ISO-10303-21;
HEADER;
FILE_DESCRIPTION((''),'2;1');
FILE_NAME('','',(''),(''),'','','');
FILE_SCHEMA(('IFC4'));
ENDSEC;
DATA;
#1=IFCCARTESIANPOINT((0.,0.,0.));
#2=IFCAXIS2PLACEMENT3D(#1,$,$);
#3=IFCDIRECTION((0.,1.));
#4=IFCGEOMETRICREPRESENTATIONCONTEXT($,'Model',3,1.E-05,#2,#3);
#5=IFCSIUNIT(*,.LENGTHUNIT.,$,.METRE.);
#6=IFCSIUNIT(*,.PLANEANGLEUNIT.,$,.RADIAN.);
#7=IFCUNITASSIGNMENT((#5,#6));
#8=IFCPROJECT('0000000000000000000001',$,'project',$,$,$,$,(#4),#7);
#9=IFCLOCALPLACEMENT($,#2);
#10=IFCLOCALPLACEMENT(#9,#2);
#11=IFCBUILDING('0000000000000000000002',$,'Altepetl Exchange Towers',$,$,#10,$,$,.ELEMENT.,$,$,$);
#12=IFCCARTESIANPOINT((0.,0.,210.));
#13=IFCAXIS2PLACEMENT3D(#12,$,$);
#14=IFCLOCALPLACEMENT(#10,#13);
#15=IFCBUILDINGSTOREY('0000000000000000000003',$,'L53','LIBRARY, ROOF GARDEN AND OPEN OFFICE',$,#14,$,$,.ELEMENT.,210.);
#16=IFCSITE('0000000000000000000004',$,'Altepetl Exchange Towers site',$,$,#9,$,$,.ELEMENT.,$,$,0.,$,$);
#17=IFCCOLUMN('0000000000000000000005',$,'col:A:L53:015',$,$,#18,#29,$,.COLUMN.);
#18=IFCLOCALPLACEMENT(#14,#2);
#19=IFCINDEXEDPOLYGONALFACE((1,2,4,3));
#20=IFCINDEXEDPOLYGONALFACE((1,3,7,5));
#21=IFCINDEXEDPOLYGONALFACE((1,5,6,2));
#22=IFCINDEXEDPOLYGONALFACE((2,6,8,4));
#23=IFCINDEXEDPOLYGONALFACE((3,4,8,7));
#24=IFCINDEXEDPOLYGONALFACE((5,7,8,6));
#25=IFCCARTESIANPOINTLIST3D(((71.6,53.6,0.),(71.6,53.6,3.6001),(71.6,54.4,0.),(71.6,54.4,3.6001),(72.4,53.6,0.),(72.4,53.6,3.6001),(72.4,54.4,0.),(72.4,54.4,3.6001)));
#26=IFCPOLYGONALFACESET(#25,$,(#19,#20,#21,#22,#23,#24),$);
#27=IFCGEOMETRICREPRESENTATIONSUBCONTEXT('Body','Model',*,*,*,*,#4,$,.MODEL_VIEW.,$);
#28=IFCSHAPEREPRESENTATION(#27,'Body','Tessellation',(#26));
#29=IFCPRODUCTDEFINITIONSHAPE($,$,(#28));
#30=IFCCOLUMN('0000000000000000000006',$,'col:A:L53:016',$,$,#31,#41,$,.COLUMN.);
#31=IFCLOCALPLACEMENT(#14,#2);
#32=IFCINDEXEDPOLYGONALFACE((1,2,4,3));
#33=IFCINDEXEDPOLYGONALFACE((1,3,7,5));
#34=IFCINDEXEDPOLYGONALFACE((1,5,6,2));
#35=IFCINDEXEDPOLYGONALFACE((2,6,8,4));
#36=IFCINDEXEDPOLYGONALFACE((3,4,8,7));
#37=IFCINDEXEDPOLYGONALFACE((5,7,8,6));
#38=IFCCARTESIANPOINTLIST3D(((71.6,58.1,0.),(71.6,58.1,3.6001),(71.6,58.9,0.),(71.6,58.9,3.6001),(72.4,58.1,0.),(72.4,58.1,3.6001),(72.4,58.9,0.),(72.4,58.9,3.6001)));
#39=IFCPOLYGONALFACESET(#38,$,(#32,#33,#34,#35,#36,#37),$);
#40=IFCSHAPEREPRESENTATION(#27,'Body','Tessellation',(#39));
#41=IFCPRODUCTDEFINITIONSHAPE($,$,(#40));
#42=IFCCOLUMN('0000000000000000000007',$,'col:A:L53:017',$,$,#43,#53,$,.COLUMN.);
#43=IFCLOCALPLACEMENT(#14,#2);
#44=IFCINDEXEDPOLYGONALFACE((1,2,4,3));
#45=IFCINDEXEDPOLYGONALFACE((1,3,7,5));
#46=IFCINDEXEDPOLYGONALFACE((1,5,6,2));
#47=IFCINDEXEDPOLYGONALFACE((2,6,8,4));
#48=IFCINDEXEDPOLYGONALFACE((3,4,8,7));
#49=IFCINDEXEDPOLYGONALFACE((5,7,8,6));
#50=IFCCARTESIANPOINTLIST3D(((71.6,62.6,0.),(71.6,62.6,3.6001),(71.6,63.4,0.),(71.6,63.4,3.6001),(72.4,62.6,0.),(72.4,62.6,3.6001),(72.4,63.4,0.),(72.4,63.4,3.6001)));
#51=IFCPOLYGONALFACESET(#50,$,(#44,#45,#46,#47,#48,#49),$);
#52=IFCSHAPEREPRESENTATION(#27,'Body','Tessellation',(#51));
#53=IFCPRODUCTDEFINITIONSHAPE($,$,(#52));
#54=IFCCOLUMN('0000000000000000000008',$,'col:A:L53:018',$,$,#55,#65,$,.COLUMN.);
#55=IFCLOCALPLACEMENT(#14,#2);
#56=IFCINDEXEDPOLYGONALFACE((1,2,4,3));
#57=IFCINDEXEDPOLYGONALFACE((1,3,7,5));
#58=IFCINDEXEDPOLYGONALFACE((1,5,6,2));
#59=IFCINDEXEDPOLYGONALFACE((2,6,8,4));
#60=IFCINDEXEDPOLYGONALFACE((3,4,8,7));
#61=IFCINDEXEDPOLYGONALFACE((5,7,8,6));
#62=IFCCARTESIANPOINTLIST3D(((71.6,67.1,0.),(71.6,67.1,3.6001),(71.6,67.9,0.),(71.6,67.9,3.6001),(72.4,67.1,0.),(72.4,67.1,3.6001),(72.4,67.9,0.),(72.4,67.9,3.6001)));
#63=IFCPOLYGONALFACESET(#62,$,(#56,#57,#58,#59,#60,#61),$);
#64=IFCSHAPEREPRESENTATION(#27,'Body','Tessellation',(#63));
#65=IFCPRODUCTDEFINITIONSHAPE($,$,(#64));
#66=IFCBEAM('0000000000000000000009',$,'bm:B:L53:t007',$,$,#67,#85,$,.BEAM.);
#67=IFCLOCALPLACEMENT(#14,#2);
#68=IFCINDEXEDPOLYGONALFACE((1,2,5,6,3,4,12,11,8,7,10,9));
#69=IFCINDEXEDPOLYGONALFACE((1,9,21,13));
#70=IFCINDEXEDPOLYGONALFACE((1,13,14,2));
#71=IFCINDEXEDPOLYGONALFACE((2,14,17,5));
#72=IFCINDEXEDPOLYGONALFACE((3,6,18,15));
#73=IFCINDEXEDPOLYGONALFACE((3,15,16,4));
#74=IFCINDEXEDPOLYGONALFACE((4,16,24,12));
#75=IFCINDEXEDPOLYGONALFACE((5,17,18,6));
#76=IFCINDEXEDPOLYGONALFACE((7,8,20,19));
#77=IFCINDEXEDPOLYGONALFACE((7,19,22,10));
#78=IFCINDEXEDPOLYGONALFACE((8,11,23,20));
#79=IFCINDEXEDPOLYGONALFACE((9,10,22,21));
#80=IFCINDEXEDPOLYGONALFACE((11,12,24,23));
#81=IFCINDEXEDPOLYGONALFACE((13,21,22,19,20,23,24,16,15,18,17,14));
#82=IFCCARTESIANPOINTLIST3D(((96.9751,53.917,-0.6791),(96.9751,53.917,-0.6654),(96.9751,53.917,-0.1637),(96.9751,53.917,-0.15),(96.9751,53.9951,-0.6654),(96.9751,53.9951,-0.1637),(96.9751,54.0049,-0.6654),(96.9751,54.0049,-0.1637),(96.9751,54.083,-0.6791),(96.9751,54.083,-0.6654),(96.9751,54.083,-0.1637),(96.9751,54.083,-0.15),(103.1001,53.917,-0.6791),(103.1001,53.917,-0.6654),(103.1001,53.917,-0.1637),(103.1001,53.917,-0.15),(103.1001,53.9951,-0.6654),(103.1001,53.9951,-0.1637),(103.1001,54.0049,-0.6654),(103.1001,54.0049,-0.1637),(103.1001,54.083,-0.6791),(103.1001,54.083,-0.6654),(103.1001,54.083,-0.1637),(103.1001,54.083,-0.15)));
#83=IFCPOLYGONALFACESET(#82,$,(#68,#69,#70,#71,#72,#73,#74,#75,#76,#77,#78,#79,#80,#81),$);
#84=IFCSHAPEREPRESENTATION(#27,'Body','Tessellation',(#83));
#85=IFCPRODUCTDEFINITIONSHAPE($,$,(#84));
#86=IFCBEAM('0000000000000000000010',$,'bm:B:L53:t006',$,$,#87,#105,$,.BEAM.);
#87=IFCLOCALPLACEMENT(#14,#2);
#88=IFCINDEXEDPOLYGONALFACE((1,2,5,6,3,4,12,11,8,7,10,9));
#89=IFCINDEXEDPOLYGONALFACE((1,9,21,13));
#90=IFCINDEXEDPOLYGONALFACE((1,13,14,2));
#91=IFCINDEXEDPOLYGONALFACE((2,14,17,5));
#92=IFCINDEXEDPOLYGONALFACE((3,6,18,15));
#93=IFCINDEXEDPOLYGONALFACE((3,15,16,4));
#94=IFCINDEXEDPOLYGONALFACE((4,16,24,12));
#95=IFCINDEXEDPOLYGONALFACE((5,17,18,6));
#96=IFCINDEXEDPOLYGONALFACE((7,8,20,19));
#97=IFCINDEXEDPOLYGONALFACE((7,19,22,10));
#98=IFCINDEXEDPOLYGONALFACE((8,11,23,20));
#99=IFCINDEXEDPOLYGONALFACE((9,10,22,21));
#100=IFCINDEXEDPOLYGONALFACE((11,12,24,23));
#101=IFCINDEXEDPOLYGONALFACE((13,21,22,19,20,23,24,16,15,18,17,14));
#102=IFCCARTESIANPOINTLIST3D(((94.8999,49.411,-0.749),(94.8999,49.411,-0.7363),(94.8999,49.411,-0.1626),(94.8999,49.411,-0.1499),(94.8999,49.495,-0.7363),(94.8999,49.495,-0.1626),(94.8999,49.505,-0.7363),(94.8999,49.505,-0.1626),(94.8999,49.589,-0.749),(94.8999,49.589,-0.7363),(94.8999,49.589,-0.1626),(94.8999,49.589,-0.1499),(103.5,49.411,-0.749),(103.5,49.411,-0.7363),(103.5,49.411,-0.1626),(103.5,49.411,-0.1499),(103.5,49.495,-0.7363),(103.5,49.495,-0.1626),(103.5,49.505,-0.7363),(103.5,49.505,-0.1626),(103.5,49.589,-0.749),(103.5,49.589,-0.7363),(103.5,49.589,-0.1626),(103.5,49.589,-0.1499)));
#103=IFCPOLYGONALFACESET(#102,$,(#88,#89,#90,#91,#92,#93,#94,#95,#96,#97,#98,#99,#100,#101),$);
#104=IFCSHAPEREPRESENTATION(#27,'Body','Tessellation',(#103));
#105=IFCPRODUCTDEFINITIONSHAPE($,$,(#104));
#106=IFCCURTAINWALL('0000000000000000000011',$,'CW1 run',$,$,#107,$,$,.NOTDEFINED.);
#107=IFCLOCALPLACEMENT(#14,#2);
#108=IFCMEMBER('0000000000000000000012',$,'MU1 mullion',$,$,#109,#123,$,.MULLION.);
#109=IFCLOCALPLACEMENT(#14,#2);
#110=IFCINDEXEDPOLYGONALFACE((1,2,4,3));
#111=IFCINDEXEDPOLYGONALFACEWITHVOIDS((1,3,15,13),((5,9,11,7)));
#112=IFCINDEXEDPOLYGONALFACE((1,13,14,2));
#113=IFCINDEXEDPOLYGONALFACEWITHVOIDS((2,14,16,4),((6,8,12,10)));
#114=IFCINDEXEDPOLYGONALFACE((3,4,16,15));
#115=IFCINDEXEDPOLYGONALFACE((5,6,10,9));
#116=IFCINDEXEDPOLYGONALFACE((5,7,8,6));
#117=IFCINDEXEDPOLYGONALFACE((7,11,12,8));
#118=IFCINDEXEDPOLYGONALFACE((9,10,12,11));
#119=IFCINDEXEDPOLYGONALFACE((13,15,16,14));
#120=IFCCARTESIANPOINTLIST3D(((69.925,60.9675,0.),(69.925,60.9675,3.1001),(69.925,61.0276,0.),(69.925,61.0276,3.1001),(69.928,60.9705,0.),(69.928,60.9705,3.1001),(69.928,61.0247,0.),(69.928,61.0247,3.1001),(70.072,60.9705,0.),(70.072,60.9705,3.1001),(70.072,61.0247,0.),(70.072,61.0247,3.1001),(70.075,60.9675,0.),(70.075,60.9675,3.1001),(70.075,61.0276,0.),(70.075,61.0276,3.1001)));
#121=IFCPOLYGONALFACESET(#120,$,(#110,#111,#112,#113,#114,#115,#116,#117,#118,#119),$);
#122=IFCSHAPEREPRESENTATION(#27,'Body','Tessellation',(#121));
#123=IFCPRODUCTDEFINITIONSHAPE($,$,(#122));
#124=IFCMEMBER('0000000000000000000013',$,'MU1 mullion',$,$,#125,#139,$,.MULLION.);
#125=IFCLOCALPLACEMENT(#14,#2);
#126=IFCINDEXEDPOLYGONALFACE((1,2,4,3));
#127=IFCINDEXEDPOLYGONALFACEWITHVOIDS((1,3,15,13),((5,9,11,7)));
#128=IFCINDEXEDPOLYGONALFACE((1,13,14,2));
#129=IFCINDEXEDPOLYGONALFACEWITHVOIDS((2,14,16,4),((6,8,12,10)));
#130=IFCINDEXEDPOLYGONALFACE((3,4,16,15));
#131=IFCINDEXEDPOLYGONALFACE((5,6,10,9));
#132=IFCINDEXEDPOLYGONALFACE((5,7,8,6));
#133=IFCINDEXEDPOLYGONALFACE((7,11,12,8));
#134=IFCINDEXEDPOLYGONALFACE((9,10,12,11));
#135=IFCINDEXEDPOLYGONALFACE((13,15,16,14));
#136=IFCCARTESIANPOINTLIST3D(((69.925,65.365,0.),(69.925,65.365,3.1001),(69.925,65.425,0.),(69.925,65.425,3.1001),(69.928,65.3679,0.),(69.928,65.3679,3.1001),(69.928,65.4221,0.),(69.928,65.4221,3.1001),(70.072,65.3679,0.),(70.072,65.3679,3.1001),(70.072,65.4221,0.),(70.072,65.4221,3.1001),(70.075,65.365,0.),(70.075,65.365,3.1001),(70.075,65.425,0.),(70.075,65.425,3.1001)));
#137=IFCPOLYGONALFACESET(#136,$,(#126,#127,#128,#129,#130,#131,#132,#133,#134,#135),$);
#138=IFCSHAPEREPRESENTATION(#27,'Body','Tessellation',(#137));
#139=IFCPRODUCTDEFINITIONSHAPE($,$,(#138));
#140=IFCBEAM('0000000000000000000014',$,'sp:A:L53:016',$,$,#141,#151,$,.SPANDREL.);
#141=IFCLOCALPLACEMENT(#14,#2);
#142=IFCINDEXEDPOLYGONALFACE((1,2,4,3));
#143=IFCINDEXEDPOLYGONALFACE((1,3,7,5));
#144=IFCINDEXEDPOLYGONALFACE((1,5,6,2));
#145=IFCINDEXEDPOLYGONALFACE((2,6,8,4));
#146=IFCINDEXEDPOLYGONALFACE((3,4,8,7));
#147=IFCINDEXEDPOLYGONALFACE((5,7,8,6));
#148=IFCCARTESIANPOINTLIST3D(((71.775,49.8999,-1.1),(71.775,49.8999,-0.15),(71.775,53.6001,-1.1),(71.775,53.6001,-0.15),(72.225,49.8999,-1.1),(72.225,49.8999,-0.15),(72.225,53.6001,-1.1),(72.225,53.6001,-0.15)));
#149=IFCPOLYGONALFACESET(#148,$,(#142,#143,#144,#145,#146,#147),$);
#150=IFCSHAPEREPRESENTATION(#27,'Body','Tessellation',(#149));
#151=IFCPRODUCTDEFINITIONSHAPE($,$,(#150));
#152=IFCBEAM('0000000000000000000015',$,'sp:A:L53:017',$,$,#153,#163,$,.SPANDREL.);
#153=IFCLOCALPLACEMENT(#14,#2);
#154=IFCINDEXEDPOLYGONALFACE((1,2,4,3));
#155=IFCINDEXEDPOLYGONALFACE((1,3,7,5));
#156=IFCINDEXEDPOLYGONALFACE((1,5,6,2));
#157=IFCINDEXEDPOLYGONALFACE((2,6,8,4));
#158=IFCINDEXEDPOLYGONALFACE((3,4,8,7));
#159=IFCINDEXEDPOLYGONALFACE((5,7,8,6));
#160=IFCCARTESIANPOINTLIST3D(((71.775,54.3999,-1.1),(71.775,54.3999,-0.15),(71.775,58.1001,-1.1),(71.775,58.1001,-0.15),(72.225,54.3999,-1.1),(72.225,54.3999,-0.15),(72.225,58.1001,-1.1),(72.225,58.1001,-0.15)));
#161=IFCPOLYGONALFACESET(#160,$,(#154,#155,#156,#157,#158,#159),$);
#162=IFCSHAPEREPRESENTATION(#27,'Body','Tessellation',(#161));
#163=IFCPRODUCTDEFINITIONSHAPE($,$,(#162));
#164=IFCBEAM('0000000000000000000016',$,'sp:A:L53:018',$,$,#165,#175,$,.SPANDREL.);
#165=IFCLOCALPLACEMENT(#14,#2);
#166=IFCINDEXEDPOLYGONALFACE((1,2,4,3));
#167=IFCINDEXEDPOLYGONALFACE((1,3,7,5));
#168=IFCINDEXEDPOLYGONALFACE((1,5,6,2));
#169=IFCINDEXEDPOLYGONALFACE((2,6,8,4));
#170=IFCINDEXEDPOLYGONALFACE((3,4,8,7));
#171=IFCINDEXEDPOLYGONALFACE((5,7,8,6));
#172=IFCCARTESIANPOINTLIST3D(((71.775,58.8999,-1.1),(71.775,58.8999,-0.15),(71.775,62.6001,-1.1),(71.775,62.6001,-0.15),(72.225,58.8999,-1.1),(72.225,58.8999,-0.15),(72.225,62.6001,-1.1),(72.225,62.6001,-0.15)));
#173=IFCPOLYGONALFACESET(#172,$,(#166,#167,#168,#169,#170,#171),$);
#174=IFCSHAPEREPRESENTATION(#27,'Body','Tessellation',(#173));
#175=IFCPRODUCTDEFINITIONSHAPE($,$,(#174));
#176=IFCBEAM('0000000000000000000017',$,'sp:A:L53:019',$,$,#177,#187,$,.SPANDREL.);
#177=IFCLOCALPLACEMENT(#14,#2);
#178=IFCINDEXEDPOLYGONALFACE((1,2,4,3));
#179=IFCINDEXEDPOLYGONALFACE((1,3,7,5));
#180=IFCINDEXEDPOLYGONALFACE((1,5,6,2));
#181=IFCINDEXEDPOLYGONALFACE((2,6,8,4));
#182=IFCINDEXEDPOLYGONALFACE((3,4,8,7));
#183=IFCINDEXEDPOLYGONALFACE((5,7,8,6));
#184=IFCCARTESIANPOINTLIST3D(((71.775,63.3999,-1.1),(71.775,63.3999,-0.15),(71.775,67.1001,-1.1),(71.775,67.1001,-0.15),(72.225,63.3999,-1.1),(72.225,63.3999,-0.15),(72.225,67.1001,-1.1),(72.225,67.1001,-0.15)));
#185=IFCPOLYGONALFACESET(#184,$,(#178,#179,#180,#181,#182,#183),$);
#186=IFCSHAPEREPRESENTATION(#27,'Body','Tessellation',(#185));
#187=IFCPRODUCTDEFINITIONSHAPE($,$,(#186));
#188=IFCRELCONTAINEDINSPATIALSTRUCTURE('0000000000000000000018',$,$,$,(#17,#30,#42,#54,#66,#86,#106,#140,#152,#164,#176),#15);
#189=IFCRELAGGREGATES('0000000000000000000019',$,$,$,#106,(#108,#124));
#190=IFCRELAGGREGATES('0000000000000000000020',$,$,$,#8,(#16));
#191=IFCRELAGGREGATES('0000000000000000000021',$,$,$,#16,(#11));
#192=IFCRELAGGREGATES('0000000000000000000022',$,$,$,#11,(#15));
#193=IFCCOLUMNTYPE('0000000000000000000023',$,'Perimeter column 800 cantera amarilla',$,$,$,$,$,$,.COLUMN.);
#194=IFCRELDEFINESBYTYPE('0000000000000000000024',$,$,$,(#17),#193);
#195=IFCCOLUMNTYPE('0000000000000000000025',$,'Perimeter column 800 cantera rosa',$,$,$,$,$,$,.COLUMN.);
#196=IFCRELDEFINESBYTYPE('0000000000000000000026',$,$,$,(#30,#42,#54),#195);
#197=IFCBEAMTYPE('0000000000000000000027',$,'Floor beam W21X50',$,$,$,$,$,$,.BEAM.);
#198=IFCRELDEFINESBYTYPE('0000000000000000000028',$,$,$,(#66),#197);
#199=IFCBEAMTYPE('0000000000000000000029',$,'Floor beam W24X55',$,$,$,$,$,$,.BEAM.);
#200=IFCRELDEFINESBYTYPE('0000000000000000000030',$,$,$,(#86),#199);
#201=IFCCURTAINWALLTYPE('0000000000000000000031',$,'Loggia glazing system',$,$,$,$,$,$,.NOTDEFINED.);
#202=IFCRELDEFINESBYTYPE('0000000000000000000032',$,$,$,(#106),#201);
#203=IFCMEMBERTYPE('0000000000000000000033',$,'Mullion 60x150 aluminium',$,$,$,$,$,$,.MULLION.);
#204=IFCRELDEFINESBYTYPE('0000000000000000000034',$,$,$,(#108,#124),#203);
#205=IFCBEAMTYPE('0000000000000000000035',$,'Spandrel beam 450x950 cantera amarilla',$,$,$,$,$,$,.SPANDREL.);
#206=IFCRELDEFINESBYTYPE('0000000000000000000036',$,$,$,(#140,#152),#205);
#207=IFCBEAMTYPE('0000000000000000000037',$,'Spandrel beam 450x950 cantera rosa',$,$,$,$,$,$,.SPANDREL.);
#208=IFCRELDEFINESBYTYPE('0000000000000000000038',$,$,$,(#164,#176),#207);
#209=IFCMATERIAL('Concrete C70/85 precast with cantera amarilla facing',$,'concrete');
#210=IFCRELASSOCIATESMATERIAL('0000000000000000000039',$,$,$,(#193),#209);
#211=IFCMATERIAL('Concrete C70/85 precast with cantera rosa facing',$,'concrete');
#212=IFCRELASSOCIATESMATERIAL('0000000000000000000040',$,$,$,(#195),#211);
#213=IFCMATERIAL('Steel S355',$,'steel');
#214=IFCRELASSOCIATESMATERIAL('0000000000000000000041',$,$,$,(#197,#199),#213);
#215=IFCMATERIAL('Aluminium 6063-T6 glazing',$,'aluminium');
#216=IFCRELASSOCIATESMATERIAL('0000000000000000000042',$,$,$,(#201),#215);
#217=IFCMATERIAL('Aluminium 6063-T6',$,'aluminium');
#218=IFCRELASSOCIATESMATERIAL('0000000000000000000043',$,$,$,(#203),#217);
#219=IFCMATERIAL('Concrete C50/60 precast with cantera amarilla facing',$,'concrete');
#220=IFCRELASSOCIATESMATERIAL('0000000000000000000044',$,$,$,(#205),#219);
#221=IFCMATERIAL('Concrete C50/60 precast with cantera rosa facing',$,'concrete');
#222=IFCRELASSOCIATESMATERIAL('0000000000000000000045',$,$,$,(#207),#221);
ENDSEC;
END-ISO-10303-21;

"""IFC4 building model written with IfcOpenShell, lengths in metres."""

from ifc_helpers import new_model, si_unit, direction, frame, origin, origin_2d, place, context, subcontext, project, spatial, rectangle, hollow_rectangle, i_section, extrude, material, material_profile, profile_set, type_object, element, aggregate, save


model = new_model("IFC4")

# Units and contexts
model_context = context("Model", 3, precision=1e-05, world=origin(), true_north=direction((0.0, 1.0)))
body_context = subcontext(model_context, "Body", "Model", "MODEL_VIEW")
ifc_project = project(units=[si_unit("LENGTHUNIT", "METRE"), si_unit("PLANEANGLEUNIT", "RADIAN")], contexts=[model_context])

# Site, building, storey
site_placement = place(None, origin())
site = spatial("IfcSite", under=ifc_project, at=site_placement, Name="Altepetl Exchange Towers site", CompositionType="ELEMENT", RefElevation=0.0)
building_placement = place(site_placement, origin())
building = spatial("IfcBuilding", under=site, at=building_placement, Name="Altepetl Exchange Towers", CompositionType="ELEMENT")
storey_placement = place(building_placement, frame((0.0, 0.0, 210.0)))
storey = spatial("IfcBuildingStorey", under=building, at=storey_placement, Name="L53", Description="LIBRARY, ROOF GARDEN AND OPEN OFFICE", CompositionType="ELEMENT", Elevation=210.0)

# Columns
ifc_material_1 = material(Name="Concrete C70/85 precast with cantera amarilla facing", Category="concrete")
ifc_material_profile_1 = material_profile(ifc_material_1, rectangle(XDim=0.8, YDim=0.8, at=origin_2d()), Name="800 x 800")
ifc_profile_set_1 = profile_set([ifc_material_profile_1], Name="Concrete C70/85 precast with cantera amarilla facing")
column_type_1 = type_object("IfcColumnType", Name="Perimeter column 800 cantera amarilla", PredefinedType="COLUMN", material=ifc_profile_set_1)
column_placement = place(storey_placement, frame((72.0, 54.0, 0.0)))
element("IfcColumn", 1, at=column_placement, inside=storey, type_object=column_type_1, Name="col:A:L53:015", PredefinedType="COLUMN", context=body_context, shape_type="SweptSolid", body=[
    extrude(rectangle(XDim=0.8, YDim=0.8, at=origin_2d()), origin(), (0.0, 0.0, 1.0), 3.6001),
])
ifc_material_2 = material(Name="Concrete C70/85 precast with cantera rosa facing", Category="concrete")
ifc_material_profile_2 = material_profile(ifc_material_2, rectangle(XDim=0.8, YDim=0.8, at=origin_2d()), Name="800 x 800")
ifc_profile_set_2 = profile_set([ifc_material_profile_2], Name="Concrete C70/85 precast with cantera rosa facing")
column_type_2 = type_object("IfcColumnType", Name="Perimeter column 800 cantera rosa", PredefinedType="COLUMN", material=ifc_profile_set_2)
for number, where, name in (
    (2, (72.0, 58.5, 0.0), "col:A:L53:016"),
    (3, (72.0, 63.0, 0.0), "col:A:L53:017"),
    (4, (72.0, 67.5, 0.0), "col:A:L53:018"),
):
    element("IfcColumn", number, at=place(storey_placement, frame(where)), inside=storey, type_object=column_type_2, Name=name, PredefinedType="COLUMN", context=body_context, shape_type="SweptSolid", body=[
        extrude(rectangle(XDim=0.8, YDim=0.8, at=origin_2d()), origin(), (0.0, 0.0, 1.0), 3.6001),
    ])

# Beams
ifc_material_3 = material(Name="Steel S355", Category="steel")
ifc_material_profile_3 = material_profile(ifc_material_3, i_section(OverallWidth=0.166, OverallDepth=0.5291, WebThickness=0.0098, FlangeThickness=0.0137, at=origin_2d()), Name="W21X50")
ifc_profile_set_3 = profile_set([ifc_material_profile_3], Name="Steel S355")
beam_type_1 = type_object("IfcBeamType", Name="Floor beam W21X50", PredefinedType="BEAM", material=ifc_profile_set_3)
beam_1_placement = place(storey_placement, frame((96.9751, 54.0, -0.4146), z_axis=(1.0, 0.0, 0.0), x_axis=(0.0, 1.0, 0.0)))
element("IfcBeam", 5, at=beam_1_placement, inside=storey, type_object=beam_type_1, Name="bm:B:L53:t007", PredefinedType="BEAM", context=body_context, shape_type="SweptSolid", body=[
    extrude(i_section(OverallWidth=0.166, OverallDepth=0.5291, WebThickness=0.0098, FlangeThickness=0.0137, at=origin_2d()), origin(), (0.0, 0.0, 1.0), 6.125),
])
ifc_material_profile_4 = material_profile(ifc_material_3, i_section(OverallWidth=0.178, OverallDepth=0.5991, WebThickness=0.01, FlangeThickness=0.0127, at=origin_2d()), Name="W24X55")
ifc_profile_set_4 = profile_set([ifc_material_profile_4], Name="Steel S355")
beam_type_2 = type_object("IfcBeamType", Name="Floor beam W24X55", PredefinedType="BEAM", material=ifc_profile_set_4)
beam_2_placement = place(storey_placement, frame((94.8999, 49.5, -0.4495), z_axis=(1.0, 0.0, 0.0), x_axis=(0.0, 1.0, 0.0)))
element("IfcBeam", 6, at=beam_2_placement, inside=storey, type_object=beam_type_2, Name="bm:B:L53:t006", PredefinedType="BEAM", context=body_context, shape_type="SweptSolid", body=[
    extrude(i_section(OverallWidth=0.178, OverallDepth=0.5991, WebThickness=0.01, FlangeThickness=0.0127, at=origin_2d()), origin(), (0.0, 0.0, 1.0), 8.6001),
])

# Curtain wall, members
ifc_material_4 = material(Name="Aluminium 6063-T6 glazing", Category="aluminium")
curtain_wall_type = type_object("IfcCurtainWallType", Name="Loggia glazing system", PredefinedType="NOTDEFINED", material=ifc_material_4)
curtain_wall_placement = place(storey_placement, origin())
curtain_wall = element("IfcCurtainWall", 7, at=curtain_wall_placement, inside=storey, type_object=curtain_wall_type, Name="CW1 run", PredefinedType="NOTDEFINED")
ifc_material_5 = material(Name="Aluminium 6063-T6", Category="aluminium")
ifc_material_profile_5 = material_profile(ifc_material_5, hollow_rectangle(XDim=0.0601, YDim=0.1499, WallThickness=0.0029, at=origin_2d()), Name="Mullion 60x150 aluminium")
ifc_profile_set_5 = profile_set([ifc_material_profile_5], Name="Aluminium 6063-T6")
member_type = type_object("IfcMemberType", Name="Mullion 60x150 aluminium", PredefinedType="MULLION", material=ifc_profile_set_5)
member_1_placement = place(storey_placement, frame((70.0, 60.9976, 0.0), z_axis=(0.0, 0.0, 1.0), x_axis=(0.0, 1.0, 0.0)))
member_1 = element("IfcMember", 8, at=member_1_placement, type_object=member_type, Name="MU1 mullion", PredefinedType="MULLION", context=body_context, shape_type="SweptSolid", body=[
    extrude(hollow_rectangle(XDim=0.0601, YDim=0.1499, WallThickness=0.0029, at=origin_2d()), origin(), (0.0, 0.0, 1.0), 3.1001),
])
member_2_placement = place(storey_placement, frame((70.0, 65.395, 0.0), z_axis=(0.0, 0.0, 1.0), x_axis=(0.0, 1.0, 0.0)))
member_2 = element("IfcMember", 9, at=member_2_placement, type_object=member_type, Name="MU1 mullion", PredefinedType="MULLION", context=body_context, shape_type="SweptSolid", body=[
    extrude(hollow_rectangle(XDim=0.0601, YDim=0.1499, WallThickness=0.0029, at=origin_2d()), origin(), (0.0, 0.0, 1.0), 3.1001),
])

# Beams
ifc_material_6 = material(Name="Concrete C50/60 precast with cantera amarilla facing", Category="concrete")
ifc_material_profile_6 = material_profile(ifc_material_6, rectangle(XDim=0.45, YDim=0.95, at=origin_2d()), Name="450 x 950")
ifc_profile_set_6 = profile_set([ifc_material_profile_6], Name="Concrete C50/60 precast with cantera amarilla facing")
beam_type_3 = type_object("IfcBeamType", Name="Spandrel beam 450x950 cantera amarilla", PredefinedType="SPANDREL", material=ifc_profile_set_6)
for number, where, z_axis, x_axis, name in (
    (10, (72.0, 49.8999, -0.625), (0.0, 1.0, 0.0), (-1.0, 0.0, 0.0), "sp:A:L53:016"),
    (11, (72.0, 54.3999, -0.625), (0.0, 1.0, 0.0), (-1.0, 0.0, 0.0), "sp:A:L53:017"),
):
    element("IfcBeam", number, at=place(storey_placement, frame(where, z_axis=z_axis, x_axis=x_axis)), inside=storey, type_object=beam_type_3, Name=name, PredefinedType="SPANDREL", context=body_context, shape_type="SweptSolid", body=[
        extrude(rectangle(XDim=0.45, YDim=0.95, at=origin_2d()), origin(), (0.0, 0.0, 1.0), 3.7002),
    ])
ifc_material_7 = material(Name="Concrete C50/60 precast with cantera rosa facing", Category="concrete")
ifc_material_profile_7 = material_profile(ifc_material_7, rectangle(XDim=0.45, YDim=0.95, at=origin_2d()), Name="450 x 950")
ifc_profile_set_7 = profile_set([ifc_material_profile_7], Name="Concrete C50/60 precast with cantera rosa facing")
beam_type_4 = type_object("IfcBeamType", Name="Spandrel beam 450x950 cantera rosa", PredefinedType="SPANDREL", material=ifc_profile_set_7)
for number, where, z_axis, x_axis, name in (
    (12, (72.0, 58.8999, -0.625), (0.0, 1.0, 0.0), (-1.0, 0.0, 0.0), "sp:A:L53:018"),
    (13, (72.0, 63.3999, -0.625), (0.0, 1.0, 0.0), (-1.0, 0.0, 0.0), "sp:A:L53:019"),
):
    element("IfcBeam", number, at=place(storey_placement, frame(where, z_axis=z_axis, x_axis=x_axis)), inside=storey, type_object=beam_type_4, Name=name, PredefinedType="SPANDREL", context=body_context, shape_type="SweptSolid", body=[
        extrude(rectangle(XDim=0.45, YDim=0.95, at=origin_2d()), origin(), (0.0, 0.0, 1.0), 3.7002),
    ])

aggregate(curtain_wall, [member_1, member_2])

save(model, "model.ifc")
